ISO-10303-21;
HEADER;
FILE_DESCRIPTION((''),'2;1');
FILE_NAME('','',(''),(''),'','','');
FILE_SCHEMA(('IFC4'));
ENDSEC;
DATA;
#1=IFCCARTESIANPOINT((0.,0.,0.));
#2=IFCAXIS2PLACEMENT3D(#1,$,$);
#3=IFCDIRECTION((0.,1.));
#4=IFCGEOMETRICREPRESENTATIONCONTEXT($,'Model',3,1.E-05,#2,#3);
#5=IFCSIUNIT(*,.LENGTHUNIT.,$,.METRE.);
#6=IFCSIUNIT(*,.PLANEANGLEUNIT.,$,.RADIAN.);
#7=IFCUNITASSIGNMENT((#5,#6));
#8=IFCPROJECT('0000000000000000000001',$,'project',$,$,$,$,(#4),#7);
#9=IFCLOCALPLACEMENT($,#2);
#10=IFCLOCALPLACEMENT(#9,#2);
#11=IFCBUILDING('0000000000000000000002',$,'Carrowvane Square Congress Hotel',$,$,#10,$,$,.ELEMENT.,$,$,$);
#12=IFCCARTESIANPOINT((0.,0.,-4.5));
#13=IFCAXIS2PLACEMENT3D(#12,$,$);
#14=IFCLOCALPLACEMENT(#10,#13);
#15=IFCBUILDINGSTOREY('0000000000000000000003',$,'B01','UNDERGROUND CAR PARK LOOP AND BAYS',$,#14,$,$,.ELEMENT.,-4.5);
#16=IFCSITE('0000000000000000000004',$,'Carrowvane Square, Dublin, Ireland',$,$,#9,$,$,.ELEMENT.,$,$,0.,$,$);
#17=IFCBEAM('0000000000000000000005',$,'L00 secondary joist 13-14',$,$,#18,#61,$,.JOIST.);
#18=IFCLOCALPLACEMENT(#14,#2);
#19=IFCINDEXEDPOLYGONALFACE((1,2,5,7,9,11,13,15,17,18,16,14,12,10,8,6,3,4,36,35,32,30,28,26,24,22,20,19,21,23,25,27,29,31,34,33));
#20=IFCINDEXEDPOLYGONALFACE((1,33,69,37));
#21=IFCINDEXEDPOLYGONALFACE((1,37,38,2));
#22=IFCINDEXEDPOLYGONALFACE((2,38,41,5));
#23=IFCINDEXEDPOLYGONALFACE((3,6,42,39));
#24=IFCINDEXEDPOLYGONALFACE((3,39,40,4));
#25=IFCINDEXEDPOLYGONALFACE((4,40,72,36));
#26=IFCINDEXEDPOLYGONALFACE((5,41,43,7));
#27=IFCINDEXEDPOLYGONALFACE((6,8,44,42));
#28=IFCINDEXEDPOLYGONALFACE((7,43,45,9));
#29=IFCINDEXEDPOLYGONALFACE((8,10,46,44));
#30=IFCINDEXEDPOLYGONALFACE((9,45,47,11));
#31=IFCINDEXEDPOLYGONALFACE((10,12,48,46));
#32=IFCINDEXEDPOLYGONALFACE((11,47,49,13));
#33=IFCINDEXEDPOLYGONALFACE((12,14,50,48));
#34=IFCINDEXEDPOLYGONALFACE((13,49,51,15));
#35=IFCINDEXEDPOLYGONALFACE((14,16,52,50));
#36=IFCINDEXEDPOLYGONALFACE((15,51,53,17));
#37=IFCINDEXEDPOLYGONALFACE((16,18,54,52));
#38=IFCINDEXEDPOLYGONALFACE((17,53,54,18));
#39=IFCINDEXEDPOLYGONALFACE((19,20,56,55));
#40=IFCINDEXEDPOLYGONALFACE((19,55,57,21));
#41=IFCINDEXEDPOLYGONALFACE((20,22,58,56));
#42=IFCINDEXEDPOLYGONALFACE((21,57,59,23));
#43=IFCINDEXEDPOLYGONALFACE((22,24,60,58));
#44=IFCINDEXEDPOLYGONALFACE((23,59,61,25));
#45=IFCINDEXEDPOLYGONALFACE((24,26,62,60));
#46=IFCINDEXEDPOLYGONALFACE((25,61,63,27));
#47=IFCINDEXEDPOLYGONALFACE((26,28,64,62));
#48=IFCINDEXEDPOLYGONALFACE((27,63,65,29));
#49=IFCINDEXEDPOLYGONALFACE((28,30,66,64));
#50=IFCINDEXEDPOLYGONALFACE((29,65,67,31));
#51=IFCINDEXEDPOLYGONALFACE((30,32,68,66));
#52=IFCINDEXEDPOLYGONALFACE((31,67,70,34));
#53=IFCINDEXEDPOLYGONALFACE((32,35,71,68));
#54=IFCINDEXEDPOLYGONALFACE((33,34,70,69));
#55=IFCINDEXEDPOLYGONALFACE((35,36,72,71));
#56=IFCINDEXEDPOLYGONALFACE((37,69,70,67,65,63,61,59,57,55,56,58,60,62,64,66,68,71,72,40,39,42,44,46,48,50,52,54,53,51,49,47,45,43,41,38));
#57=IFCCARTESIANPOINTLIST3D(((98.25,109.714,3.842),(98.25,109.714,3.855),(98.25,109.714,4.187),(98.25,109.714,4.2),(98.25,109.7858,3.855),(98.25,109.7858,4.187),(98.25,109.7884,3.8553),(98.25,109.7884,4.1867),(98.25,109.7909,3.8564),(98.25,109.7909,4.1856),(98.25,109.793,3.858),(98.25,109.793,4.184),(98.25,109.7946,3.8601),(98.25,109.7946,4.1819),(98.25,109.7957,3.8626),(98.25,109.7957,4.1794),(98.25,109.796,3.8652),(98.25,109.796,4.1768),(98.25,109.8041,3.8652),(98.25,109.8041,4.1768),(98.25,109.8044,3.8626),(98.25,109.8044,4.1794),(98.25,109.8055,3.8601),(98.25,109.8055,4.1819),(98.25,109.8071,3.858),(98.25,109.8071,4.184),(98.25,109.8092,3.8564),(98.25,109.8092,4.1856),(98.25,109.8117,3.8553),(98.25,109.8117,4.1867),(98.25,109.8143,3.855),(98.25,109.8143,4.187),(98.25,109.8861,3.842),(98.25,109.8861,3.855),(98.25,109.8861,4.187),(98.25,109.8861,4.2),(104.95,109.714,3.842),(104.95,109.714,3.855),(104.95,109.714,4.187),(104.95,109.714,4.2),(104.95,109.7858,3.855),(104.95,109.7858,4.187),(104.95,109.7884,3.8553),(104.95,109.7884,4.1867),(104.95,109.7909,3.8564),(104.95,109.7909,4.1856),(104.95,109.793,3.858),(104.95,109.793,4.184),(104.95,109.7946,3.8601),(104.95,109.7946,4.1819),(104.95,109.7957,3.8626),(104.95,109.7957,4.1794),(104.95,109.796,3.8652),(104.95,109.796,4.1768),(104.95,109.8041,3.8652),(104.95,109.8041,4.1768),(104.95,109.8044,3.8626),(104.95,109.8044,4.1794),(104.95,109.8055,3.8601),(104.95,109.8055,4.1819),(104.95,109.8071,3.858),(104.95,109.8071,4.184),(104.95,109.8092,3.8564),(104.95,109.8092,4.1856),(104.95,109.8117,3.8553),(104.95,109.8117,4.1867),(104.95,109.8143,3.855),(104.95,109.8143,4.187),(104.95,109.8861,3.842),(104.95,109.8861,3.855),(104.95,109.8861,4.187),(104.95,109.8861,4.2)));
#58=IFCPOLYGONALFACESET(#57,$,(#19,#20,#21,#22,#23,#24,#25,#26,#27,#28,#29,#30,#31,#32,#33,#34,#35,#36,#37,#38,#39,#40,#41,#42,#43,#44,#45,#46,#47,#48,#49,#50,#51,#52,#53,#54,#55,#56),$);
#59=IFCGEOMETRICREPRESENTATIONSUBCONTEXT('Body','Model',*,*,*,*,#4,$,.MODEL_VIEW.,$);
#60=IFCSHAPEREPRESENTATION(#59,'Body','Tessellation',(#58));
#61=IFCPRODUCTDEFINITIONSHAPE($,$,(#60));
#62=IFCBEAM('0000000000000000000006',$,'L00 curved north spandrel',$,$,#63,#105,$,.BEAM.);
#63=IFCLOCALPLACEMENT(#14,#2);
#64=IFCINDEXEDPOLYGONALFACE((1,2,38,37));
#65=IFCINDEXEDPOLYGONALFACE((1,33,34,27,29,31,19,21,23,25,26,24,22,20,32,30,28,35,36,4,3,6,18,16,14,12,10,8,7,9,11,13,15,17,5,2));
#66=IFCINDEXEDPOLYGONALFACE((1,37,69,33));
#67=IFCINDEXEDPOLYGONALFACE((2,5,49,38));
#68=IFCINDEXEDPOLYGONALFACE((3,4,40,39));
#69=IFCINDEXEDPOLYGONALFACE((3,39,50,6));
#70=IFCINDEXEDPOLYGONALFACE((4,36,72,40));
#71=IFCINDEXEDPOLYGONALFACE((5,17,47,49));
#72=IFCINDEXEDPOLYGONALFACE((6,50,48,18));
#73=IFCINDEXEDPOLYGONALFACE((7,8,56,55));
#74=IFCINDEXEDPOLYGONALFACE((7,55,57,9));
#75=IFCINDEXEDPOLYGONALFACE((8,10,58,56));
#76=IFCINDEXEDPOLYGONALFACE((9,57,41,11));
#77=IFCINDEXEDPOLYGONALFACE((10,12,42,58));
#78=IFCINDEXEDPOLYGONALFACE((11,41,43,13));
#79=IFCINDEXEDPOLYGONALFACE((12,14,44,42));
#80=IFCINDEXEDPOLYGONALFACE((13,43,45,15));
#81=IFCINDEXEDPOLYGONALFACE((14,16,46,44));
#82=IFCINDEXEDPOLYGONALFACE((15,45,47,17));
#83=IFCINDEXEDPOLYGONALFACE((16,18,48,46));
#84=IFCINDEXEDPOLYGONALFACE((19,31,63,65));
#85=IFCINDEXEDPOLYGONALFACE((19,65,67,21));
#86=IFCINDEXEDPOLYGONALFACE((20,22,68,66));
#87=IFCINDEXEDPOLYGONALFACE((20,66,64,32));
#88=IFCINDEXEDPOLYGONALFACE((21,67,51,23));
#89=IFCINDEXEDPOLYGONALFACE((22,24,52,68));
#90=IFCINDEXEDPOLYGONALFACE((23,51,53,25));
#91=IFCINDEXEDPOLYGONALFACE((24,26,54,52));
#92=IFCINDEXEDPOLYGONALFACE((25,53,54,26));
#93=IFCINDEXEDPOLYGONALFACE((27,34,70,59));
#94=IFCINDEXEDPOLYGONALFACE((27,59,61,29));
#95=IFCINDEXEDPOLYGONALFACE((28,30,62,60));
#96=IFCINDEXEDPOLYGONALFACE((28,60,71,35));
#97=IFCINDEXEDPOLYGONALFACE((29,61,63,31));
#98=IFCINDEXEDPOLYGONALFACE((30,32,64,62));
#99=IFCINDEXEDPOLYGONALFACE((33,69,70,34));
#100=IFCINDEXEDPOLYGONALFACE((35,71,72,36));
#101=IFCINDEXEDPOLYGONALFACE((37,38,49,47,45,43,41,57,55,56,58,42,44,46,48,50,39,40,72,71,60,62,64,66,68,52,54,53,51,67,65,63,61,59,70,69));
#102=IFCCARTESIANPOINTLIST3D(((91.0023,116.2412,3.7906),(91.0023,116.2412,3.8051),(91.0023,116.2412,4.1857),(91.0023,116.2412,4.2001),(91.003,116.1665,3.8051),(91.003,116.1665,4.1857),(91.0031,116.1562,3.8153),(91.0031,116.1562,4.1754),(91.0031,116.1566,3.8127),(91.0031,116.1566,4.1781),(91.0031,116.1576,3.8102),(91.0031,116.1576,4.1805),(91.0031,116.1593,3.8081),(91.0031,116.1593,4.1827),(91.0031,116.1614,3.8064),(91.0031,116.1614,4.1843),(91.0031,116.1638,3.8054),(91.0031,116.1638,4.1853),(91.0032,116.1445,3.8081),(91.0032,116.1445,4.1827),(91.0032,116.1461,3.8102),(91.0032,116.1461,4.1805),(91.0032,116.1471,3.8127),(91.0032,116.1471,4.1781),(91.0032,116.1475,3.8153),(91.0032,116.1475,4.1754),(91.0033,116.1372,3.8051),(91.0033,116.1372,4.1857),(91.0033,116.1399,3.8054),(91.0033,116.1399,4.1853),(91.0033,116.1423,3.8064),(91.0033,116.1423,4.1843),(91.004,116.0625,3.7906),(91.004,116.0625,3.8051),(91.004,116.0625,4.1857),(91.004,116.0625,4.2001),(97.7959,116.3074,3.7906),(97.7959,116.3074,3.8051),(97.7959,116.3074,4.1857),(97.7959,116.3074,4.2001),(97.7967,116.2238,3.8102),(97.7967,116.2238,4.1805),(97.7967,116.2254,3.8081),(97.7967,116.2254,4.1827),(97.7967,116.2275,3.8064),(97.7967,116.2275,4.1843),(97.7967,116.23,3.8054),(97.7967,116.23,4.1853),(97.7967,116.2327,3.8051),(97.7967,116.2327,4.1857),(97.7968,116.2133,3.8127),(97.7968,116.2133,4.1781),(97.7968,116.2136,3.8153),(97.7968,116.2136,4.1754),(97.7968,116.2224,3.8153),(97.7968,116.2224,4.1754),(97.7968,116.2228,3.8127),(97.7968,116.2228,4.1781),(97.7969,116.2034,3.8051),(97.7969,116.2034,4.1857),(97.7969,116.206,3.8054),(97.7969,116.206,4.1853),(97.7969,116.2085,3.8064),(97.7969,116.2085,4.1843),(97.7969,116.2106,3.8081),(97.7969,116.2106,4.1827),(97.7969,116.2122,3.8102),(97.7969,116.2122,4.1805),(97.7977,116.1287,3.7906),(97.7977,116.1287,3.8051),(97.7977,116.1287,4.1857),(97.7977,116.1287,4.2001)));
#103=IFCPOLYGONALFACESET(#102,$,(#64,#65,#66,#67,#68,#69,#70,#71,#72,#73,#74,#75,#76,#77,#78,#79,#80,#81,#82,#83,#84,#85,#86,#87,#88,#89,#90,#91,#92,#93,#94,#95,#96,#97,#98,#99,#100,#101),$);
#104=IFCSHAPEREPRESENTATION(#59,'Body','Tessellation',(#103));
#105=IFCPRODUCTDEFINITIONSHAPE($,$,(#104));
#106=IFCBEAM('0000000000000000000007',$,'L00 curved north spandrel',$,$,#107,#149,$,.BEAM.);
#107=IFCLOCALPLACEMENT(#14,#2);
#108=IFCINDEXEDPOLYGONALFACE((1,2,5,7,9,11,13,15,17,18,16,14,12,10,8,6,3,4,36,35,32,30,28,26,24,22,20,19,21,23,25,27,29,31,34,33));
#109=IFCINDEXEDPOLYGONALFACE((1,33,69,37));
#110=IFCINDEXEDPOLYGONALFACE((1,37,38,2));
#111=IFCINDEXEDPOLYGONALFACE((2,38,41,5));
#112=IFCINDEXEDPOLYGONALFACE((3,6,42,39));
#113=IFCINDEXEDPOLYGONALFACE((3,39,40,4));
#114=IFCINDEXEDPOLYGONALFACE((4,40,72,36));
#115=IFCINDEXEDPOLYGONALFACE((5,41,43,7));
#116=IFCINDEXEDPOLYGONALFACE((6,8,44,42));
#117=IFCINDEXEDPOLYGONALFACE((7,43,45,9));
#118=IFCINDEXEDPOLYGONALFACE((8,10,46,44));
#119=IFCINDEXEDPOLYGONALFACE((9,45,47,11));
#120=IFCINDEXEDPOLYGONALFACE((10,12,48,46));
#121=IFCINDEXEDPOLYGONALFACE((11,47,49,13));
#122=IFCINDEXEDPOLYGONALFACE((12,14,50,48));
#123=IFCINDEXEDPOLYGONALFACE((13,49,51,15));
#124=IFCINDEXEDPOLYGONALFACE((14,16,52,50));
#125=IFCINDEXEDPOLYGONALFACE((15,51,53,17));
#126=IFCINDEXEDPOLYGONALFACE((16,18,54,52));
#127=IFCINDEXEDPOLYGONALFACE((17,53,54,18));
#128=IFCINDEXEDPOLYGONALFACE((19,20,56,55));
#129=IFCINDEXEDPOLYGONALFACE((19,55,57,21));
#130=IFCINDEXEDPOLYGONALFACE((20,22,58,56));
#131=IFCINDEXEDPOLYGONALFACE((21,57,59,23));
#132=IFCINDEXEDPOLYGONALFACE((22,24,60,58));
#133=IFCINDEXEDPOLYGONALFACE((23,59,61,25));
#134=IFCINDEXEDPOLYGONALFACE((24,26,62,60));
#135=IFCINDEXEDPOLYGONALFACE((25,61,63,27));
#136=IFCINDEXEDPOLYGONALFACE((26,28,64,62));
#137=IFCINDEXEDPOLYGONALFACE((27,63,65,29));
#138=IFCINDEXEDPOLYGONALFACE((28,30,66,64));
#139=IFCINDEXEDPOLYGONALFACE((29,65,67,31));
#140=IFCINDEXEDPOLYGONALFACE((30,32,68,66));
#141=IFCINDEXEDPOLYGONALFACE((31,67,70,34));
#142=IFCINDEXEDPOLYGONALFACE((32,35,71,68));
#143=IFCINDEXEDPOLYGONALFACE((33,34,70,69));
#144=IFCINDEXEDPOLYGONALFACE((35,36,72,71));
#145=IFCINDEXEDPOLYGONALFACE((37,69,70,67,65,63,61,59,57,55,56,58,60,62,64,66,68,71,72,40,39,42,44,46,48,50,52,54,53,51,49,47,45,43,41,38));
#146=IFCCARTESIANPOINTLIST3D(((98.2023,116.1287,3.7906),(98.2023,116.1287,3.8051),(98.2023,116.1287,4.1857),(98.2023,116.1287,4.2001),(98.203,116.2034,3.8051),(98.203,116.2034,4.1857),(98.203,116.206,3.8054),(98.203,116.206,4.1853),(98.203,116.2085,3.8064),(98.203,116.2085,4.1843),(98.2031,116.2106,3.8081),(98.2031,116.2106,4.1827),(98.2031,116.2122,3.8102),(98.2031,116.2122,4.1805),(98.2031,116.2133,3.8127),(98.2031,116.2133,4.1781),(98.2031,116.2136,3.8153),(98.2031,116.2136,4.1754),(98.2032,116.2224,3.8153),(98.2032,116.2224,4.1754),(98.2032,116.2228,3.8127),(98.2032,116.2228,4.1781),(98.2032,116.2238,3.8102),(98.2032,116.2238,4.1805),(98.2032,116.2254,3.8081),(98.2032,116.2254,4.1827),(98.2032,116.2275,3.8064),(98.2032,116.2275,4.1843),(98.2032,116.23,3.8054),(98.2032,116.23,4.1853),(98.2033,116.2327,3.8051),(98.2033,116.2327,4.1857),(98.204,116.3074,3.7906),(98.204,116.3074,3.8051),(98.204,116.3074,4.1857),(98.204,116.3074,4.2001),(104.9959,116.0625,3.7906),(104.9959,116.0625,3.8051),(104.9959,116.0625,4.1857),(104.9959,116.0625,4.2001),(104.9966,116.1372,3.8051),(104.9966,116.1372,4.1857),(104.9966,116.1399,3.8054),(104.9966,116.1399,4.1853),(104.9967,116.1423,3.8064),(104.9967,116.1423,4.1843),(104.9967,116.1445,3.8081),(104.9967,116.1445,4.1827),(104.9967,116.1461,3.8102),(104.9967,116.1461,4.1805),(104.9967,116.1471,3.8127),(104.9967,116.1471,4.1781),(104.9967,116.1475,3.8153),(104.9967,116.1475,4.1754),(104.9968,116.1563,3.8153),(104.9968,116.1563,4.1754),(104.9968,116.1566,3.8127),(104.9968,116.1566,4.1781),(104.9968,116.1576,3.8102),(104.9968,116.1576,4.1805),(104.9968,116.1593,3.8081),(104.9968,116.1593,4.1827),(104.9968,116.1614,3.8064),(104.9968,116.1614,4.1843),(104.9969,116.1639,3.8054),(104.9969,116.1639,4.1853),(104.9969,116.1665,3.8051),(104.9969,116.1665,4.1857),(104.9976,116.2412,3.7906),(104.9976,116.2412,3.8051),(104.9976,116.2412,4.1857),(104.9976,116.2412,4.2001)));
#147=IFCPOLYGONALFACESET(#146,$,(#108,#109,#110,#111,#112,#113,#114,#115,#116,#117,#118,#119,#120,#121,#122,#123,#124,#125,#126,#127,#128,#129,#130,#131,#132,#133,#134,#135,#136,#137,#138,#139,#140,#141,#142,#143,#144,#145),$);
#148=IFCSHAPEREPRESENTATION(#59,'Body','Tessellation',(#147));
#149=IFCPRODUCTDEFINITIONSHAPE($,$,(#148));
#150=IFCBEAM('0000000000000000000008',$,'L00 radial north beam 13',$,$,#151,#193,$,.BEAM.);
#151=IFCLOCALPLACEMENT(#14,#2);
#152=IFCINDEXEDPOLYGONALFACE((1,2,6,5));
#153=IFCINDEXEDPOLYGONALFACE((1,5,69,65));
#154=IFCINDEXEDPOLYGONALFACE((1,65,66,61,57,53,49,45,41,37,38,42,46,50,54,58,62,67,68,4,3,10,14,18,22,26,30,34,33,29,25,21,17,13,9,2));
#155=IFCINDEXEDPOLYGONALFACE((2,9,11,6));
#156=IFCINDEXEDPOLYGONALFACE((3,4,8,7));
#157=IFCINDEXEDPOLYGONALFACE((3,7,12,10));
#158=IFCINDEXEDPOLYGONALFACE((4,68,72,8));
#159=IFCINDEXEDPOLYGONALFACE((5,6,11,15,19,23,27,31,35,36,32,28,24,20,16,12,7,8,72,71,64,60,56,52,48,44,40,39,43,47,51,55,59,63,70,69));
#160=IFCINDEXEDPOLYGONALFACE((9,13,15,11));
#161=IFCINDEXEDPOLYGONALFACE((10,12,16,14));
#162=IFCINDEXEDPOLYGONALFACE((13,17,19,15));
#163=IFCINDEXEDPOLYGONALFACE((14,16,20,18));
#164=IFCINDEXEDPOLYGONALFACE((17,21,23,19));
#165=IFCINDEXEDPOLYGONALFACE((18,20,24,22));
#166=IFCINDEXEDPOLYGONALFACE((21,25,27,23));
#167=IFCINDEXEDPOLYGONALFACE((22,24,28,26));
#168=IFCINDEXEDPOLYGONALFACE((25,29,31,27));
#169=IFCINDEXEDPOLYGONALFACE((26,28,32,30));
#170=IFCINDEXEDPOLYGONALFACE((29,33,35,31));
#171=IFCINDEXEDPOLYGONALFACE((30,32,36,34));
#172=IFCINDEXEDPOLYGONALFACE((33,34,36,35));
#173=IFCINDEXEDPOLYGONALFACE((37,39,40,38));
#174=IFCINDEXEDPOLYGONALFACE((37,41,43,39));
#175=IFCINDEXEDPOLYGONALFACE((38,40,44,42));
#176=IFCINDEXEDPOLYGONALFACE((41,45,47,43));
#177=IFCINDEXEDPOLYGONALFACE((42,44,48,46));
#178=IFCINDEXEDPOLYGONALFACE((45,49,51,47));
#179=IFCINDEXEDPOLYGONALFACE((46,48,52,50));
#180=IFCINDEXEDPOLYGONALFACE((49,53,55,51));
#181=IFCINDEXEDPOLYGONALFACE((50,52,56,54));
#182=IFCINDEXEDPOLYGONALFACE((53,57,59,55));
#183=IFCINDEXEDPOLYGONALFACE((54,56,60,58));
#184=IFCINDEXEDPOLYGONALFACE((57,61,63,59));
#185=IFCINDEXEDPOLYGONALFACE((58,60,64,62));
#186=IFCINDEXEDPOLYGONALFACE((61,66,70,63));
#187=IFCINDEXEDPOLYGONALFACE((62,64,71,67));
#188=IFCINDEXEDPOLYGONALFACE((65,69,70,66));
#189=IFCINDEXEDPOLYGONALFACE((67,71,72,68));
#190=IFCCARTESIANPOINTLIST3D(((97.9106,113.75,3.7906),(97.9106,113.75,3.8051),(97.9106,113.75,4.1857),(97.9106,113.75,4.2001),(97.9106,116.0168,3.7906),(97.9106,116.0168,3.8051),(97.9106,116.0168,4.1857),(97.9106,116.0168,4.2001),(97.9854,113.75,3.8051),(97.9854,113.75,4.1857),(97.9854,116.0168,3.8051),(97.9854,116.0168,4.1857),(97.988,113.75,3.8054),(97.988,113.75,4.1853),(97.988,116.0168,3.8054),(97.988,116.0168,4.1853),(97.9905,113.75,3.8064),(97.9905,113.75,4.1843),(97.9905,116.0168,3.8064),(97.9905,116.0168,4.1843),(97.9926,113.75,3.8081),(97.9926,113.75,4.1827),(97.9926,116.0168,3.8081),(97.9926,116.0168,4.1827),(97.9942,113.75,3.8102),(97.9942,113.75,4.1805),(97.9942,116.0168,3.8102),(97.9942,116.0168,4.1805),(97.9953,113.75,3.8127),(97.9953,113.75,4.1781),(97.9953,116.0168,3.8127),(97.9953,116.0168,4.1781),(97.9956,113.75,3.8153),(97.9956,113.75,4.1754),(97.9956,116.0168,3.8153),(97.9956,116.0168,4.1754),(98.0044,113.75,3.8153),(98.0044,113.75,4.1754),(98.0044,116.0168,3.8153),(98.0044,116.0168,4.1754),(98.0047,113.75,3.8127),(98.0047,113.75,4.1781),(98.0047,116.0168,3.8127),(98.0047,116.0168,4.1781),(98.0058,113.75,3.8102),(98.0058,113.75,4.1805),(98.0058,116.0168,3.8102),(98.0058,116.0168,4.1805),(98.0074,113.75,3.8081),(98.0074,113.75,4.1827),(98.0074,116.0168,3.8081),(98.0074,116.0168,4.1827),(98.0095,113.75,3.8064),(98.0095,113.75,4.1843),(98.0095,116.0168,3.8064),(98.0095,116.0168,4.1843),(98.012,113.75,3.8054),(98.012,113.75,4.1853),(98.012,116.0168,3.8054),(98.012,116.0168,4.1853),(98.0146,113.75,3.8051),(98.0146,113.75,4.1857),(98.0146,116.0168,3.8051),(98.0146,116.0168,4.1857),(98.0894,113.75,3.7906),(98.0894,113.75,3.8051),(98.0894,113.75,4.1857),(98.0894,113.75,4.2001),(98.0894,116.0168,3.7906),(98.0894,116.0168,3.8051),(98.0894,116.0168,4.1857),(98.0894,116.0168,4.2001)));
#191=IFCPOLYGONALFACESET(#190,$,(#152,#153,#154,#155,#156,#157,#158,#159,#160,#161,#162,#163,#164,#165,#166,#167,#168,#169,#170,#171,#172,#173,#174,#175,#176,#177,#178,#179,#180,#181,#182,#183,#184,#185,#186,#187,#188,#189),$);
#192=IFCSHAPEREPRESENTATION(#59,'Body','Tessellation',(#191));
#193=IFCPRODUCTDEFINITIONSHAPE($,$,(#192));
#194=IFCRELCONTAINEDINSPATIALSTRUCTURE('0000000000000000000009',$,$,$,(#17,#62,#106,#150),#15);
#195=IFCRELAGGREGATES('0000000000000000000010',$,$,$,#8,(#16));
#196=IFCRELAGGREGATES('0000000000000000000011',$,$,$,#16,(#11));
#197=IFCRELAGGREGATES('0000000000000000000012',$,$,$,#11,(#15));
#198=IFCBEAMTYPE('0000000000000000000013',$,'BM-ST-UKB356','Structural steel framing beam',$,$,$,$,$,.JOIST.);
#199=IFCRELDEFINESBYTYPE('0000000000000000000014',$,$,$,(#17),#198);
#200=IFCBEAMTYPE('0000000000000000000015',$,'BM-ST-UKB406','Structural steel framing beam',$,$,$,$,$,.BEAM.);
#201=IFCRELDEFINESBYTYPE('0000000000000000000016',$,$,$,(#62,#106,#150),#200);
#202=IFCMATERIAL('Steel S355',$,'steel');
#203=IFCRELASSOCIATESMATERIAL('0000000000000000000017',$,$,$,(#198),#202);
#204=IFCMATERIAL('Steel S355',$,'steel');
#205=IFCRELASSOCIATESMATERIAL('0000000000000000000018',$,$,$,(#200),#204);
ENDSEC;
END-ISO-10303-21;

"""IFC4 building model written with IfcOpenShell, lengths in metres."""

from ifc_helpers import new_model, si_unit, direction, frame, origin, origin_2d, place, context, subcontext, project, spatial, i_section, extrude, material, material_profile, profile_set, type_object, element, save


model = new_model("IFC4")

# Units and contexts
model_context = context("Model", 3, precision=1e-05, world=origin(), true_north=direction((0.0, 1.0)))
body_context = subcontext(model_context, "Body", "Model", "MODEL_VIEW")
ifc_project = project(units=[si_unit("LENGTHUNIT", "METRE"), si_unit("PLANEANGLEUNIT", "RADIAN")], contexts=[model_context])

# Site, building, storey
site_placement = place(None, origin())
site = spatial("IfcSite", under=ifc_project, at=site_placement, Name="Carrowvane Square, Dublin, Ireland", CompositionType="ELEMENT", RefElevation=0.0)
building_placement = place(site_placement, origin())
building = spatial("IfcBuilding", under=site, at=building_placement, Name="Carrowvane Square Congress Hotel", CompositionType="ELEMENT")
storey_placement = place(building_placement, frame((0.0, 0.0, -4.5)))
storey = spatial("IfcBuildingStorey", under=building, at=storey_placement, Name="B01", Description="UNDERGROUND CAR PARK LOOP AND BAYS", CompositionType="ELEMENT", Elevation=-4.5)

# Beams
ifc_material_1 = material(Name="Steel S355", Category="steel")
ifc_material_profile_1 = material_profile(ifc_material_1, i_section(OverallWidth=0.1721, OverallDepth=0.3579, WebThickness=0.0081, FlangeThickness=0.0129, FilletRadius=0.0103, at=origin_2d()), Name="UKB 356x171x57")
ifc_profile_set_1 = profile_set([ifc_material_profile_1], Name="Steel S355")
beam_type_1 = type_object("IfcBeamType", Name="BM-ST-UKB356", Description="Structural steel framing beam", PredefinedType="JOIST", material=ifc_profile_set_1)
for number, where, z_axis, x_axis, name in (
    (1, (98.25, 109.8, 4.021), (1.0, 0.0, 0.0), (0.0, 1.0, 0.0), "L00 secondary joist 13-14"),
):
    element("IfcBeam", number, at=place(storey_placement, frame(where, z_axis=z_axis, x_axis=x_axis)), inside=storey, type_object=beam_type_1, Name=name, PredefinedType="JOIST", context=body_context, shape_type="SweptSolid", body=[
        extrude(i_section(OverallWidth=0.1721, OverallDepth=0.3579, WebThickness=0.0081, FlangeThickness=0.0129, FilletRadius=0.0103, at=origin_2d()), origin(), (0.0, 0.0, 1.0), 6.7),
    ])
ifc_material_2 = material(Name="Steel S355", Category="steel")
ifc_material_profile_2 = material_profile(ifc_material_2, i_section(OverallWidth=0.1787, OverallDepth=0.4094, WebThickness=0.0088, FlangeThickness=0.0144, FilletRadius=0.0103, at=origin_2d()), Name="UKB 406x178x67")
ifc_profile_set_2 = profile_set([ifc_material_profile_2], Name="Steel S355")
beam_type_2 = type_object("IfcBeamType", Name="BM-ST-UKB406", Description="Structural steel framing beam", PredefinedType="BEAM", material=ifc_profile_set_2)
for number, where, z_axis, x_axis, name in (
    (2, (91.0032, 116.1519, 3.9954), (0.999953, 0.009738, 0.0), (-0.009738, 0.999953, 0.0), "L00 curved north spandrel"),
    (3, (98.2031, 116.218, 3.9954), (0.999953, -0.009738, 0.0), (0.009738, 0.999953, 0.0), "L00 curved north spandrel"),
):
    element("IfcBeam", number, at=place(storey_placement, frame(where, z_axis=z_axis, x_axis=x_axis)), inside=storey, type_object=beam_type_2, Name=name, PredefinedType="BEAM", context=body_context, shape_type="SweptSolid", body=[
        extrude(i_section(OverallWidth=0.1787, OverallDepth=0.4094, WebThickness=0.0088, FlangeThickness=0.0144, FilletRadius=0.0103, at=origin_2d()), origin(), (0.0, 0.0, 1.0), 6.7939),
    ])
beam_1_placement = place(storey_placement, frame((98.0, 113.75, 3.9954), z_axis=(0.0, 1.0, 0.0), x_axis=(-1.0, 0.0, 0.0)))
element("IfcBeam", 4, at=beam_1_placement, inside=storey, type_object=beam_type_2, Name="L00 radial north beam 13", PredefinedType="BEAM", context=body_context, shape_type="SweptSolid", body=[
    extrude(i_section(OverallWidth=0.1787, OverallDepth=0.4094, WebThickness=0.0088, FlangeThickness=0.0144, FilletRadius=0.0103, at=origin_2d()), origin(), (0.0, 0.0, 1.0), 2.2668),
])

save(model, "model.ifc")
